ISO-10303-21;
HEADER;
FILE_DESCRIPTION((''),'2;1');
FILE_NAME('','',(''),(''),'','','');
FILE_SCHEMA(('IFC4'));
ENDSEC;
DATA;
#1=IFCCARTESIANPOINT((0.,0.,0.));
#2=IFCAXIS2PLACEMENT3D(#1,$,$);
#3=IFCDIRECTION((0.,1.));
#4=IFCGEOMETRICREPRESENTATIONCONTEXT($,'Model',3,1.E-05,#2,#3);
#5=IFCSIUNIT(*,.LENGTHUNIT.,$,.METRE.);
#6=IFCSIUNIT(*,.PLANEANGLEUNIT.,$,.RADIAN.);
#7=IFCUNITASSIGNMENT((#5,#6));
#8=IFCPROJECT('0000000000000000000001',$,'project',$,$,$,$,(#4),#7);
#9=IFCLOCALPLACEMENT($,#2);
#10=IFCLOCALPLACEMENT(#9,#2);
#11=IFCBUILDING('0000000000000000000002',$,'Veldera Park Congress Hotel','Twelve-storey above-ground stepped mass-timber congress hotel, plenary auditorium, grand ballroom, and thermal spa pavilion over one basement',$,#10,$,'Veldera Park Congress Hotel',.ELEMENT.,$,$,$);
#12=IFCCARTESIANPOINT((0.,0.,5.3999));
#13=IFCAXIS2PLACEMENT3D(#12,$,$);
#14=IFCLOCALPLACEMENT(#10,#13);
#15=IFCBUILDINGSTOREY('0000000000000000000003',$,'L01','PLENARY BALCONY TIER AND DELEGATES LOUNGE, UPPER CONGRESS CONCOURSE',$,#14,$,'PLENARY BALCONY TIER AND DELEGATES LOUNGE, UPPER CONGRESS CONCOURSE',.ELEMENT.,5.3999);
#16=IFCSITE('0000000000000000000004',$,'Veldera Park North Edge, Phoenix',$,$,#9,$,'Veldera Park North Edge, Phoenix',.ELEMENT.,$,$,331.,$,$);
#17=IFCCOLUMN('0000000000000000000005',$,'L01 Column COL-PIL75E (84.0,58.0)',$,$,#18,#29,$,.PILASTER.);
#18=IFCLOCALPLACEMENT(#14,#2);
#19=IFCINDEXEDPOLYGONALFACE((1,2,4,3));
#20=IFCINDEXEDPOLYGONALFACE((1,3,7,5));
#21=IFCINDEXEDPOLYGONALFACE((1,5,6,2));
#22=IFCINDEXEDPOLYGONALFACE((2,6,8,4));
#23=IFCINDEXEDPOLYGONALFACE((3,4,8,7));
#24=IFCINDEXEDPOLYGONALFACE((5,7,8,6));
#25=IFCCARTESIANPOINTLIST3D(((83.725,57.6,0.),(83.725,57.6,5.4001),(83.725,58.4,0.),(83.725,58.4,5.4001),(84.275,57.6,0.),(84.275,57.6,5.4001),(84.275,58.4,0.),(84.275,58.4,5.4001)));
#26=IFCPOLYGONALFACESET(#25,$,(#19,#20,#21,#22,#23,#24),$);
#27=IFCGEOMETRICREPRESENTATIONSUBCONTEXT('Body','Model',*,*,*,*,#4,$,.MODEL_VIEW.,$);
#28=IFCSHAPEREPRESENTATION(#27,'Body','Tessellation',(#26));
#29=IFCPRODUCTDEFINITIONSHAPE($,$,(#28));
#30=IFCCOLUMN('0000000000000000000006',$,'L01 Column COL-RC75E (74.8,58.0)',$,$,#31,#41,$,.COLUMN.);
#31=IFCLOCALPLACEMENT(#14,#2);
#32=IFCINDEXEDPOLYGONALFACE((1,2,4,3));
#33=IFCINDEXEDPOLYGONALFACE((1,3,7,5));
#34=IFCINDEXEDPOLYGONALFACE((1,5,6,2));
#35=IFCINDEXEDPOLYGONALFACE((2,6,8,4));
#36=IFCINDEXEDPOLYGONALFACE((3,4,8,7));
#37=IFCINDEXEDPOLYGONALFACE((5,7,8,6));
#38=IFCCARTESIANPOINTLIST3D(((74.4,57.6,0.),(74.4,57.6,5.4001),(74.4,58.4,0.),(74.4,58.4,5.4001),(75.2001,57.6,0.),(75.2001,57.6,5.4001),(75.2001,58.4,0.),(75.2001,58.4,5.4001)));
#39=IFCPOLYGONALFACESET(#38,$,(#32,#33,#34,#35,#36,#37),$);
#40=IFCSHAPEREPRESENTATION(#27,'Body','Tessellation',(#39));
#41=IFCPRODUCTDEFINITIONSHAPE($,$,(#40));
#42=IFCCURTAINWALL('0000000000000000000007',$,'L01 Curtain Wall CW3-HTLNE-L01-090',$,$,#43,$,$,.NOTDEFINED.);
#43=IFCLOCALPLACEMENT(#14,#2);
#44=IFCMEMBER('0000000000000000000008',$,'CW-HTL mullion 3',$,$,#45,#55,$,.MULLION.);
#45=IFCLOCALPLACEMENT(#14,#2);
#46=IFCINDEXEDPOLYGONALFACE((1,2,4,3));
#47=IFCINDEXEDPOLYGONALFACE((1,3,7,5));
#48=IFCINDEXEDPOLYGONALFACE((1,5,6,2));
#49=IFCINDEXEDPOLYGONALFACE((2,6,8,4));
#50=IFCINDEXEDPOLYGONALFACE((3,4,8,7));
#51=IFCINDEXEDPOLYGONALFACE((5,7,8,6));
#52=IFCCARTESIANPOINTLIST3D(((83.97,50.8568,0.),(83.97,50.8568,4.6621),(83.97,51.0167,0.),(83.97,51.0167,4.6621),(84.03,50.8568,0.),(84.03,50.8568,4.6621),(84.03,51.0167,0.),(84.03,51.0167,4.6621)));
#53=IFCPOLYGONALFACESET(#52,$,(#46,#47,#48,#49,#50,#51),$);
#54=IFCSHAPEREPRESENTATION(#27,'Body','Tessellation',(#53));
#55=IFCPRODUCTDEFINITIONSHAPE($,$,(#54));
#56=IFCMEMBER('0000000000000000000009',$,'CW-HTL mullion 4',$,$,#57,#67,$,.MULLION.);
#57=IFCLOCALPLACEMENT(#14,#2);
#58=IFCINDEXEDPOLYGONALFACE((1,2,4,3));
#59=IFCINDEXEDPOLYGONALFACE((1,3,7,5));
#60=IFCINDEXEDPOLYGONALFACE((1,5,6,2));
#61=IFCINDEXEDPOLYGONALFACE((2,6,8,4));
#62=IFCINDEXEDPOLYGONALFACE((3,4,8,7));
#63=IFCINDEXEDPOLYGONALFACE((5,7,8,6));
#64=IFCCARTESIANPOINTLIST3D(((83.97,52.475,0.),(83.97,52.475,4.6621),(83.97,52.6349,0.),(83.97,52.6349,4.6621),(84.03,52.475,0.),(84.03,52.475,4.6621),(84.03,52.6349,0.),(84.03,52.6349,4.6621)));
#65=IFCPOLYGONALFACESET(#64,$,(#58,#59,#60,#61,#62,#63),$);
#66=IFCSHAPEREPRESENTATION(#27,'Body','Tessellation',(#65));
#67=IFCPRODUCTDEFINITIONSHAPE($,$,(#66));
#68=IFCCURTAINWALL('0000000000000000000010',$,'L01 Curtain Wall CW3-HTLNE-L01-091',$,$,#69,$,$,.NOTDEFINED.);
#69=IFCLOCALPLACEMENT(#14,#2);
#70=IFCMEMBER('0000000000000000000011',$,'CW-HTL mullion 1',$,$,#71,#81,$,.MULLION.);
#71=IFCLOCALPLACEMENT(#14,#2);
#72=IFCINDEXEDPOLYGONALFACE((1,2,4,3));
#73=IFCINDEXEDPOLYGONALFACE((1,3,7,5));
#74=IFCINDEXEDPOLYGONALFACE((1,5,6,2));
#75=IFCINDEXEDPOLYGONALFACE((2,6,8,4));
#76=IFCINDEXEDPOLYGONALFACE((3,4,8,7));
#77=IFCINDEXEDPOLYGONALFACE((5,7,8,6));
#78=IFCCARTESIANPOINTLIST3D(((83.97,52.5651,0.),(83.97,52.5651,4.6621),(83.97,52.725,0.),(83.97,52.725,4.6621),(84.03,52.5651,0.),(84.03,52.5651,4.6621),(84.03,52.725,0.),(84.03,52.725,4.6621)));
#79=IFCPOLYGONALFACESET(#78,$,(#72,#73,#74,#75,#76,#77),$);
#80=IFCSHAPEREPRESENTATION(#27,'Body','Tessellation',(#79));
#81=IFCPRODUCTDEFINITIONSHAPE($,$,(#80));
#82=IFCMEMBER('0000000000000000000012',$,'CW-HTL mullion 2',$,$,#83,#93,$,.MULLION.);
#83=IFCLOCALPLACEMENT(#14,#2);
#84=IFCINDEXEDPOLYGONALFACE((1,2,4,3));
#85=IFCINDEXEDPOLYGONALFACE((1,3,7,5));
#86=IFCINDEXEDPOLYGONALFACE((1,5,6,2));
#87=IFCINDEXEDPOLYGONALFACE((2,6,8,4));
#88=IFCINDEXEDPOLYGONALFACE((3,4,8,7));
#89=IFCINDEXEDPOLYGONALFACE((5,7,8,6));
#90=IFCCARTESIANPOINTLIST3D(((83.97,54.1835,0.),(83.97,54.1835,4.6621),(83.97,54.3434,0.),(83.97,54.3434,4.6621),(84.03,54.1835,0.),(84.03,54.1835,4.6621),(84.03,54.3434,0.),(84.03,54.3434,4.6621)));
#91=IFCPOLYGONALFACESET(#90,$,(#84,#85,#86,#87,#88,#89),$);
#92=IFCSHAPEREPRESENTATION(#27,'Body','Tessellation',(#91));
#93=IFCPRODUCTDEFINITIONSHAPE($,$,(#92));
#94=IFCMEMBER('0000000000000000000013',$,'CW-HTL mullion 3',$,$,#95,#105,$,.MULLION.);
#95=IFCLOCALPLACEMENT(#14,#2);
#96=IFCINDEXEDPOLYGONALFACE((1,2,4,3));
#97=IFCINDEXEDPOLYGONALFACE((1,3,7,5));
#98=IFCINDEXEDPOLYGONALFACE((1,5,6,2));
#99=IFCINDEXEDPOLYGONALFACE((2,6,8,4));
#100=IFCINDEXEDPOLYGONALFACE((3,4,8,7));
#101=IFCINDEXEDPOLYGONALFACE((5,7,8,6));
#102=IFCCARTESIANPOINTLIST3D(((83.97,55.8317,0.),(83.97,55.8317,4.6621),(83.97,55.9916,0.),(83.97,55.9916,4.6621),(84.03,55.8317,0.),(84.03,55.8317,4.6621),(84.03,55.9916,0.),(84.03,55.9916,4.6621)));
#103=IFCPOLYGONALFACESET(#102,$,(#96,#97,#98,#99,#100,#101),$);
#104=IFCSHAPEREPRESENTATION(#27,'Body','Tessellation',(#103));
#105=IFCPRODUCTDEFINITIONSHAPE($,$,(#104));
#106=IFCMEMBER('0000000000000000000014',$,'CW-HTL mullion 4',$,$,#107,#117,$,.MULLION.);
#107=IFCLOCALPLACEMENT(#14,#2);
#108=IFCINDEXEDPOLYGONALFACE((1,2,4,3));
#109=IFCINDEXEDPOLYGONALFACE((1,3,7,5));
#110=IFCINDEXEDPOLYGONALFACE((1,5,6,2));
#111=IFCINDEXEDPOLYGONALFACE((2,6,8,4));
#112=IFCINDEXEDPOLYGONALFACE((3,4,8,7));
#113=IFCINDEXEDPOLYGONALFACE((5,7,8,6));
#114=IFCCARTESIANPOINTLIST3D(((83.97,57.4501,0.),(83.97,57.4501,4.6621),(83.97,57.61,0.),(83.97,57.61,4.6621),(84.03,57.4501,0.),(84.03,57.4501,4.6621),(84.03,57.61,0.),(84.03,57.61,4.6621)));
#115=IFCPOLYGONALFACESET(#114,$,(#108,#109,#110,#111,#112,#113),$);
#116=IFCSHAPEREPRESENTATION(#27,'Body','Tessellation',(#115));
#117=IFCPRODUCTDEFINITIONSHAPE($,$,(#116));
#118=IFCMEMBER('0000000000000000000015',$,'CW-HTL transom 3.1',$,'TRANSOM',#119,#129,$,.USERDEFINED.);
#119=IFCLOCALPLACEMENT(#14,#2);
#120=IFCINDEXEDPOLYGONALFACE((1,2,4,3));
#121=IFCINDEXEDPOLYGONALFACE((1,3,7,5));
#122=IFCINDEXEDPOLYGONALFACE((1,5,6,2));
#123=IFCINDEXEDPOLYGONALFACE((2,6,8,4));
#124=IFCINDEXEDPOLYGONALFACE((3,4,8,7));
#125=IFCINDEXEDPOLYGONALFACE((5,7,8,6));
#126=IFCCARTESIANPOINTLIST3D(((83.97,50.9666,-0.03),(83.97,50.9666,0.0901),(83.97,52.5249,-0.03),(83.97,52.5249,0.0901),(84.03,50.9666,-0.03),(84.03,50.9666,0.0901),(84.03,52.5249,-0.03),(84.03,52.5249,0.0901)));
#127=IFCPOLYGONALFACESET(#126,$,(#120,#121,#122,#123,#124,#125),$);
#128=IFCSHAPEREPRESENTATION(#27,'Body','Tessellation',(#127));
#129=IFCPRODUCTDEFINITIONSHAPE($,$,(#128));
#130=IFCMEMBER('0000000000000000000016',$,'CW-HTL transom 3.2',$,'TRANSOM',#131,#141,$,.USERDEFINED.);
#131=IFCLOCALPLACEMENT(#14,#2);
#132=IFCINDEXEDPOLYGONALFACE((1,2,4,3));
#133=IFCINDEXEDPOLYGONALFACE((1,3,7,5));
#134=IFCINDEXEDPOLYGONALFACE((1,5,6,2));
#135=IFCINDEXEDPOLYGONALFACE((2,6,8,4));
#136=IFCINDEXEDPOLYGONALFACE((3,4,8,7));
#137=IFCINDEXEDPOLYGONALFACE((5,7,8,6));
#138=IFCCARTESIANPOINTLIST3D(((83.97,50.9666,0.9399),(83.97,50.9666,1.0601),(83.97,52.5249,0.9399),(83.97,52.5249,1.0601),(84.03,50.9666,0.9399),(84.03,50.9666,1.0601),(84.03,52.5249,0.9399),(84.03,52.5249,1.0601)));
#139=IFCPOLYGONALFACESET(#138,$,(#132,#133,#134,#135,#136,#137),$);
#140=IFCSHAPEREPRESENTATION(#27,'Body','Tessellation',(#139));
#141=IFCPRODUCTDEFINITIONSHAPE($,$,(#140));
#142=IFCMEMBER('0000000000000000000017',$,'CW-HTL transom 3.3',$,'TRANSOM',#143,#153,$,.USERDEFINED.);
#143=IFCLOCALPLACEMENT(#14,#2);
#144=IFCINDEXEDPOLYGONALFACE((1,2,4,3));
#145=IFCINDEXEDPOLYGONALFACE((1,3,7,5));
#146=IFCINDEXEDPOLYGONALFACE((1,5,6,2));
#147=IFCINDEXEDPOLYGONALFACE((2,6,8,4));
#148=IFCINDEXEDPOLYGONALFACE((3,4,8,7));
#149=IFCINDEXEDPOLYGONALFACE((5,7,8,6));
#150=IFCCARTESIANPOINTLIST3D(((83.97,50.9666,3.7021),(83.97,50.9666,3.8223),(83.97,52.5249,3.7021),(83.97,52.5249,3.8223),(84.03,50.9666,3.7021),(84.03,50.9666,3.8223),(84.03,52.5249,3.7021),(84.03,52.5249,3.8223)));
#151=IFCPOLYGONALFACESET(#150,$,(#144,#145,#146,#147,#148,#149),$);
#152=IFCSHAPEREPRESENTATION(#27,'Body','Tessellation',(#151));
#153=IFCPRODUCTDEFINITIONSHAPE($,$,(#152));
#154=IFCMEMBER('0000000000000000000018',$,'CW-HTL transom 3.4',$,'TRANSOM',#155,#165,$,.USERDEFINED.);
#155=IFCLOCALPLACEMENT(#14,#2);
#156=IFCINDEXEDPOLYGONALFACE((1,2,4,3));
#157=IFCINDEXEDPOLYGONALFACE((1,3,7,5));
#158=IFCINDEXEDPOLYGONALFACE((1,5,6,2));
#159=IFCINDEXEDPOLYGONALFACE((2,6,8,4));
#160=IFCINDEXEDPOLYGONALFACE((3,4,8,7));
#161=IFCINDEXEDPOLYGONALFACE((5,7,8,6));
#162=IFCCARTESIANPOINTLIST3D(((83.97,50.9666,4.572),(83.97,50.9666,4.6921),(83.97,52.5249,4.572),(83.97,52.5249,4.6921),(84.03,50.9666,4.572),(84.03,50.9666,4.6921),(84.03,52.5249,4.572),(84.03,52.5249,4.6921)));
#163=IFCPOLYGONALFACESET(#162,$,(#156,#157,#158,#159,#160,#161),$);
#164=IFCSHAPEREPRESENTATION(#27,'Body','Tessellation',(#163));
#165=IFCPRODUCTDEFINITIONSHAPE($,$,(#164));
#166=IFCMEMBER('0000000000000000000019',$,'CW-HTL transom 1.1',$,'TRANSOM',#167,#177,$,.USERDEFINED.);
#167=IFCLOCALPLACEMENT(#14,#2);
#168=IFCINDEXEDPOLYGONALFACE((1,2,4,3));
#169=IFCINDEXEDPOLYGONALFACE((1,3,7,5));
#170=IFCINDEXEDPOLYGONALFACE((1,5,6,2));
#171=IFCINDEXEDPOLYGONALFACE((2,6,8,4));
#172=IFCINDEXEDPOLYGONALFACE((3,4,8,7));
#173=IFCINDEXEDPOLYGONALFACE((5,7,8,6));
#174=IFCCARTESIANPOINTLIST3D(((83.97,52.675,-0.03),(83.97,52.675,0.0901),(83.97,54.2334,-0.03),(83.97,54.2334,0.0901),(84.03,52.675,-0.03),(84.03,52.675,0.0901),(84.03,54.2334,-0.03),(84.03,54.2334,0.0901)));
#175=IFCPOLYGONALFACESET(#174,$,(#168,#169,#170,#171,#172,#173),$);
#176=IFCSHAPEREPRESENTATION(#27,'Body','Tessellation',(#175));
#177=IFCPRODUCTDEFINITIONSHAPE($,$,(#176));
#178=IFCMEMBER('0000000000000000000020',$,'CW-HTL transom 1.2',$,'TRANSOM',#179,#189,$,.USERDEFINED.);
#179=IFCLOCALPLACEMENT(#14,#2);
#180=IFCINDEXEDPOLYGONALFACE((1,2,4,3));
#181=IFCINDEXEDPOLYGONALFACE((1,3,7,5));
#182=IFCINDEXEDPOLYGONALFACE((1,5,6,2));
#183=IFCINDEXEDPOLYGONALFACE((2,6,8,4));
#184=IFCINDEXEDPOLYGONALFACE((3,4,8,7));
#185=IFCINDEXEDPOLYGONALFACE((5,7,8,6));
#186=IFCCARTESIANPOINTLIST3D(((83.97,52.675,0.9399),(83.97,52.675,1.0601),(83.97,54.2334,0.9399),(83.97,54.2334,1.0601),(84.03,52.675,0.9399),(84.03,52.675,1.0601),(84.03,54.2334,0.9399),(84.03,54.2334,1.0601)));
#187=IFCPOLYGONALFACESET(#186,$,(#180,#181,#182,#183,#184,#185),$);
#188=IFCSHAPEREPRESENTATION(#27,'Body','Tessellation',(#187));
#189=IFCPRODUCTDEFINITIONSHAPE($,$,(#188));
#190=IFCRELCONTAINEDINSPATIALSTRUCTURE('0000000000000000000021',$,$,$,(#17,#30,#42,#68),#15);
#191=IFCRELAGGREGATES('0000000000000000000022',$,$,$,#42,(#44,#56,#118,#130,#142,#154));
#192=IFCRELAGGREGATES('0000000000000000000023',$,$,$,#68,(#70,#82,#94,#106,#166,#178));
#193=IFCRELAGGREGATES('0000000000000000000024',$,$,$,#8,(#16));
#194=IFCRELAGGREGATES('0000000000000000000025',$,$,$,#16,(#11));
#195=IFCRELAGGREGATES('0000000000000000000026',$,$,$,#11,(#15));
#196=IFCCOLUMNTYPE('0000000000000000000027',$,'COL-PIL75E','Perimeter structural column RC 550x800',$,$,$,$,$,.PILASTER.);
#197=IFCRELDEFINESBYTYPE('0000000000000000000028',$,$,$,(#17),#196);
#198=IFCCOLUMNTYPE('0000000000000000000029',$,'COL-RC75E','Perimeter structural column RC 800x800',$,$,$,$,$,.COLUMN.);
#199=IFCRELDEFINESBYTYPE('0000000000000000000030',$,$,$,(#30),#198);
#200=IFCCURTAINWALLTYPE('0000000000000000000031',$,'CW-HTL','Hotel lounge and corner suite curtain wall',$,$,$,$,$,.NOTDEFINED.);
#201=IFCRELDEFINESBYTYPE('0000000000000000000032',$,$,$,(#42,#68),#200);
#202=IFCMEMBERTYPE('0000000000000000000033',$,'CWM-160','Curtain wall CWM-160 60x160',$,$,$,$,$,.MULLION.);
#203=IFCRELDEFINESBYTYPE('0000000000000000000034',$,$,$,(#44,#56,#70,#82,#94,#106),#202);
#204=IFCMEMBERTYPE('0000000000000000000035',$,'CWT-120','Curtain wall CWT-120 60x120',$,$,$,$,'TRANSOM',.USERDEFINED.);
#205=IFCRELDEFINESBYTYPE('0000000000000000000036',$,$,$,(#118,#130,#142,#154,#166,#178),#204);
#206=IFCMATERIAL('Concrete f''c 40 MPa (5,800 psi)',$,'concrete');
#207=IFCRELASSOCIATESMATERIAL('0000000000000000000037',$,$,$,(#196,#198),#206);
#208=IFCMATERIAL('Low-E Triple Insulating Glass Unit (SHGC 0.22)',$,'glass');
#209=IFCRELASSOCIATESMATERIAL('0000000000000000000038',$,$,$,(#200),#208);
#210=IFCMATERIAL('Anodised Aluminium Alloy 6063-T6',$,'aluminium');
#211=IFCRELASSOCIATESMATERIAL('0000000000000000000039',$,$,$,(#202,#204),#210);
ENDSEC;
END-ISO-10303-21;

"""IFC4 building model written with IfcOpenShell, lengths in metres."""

from ifc_helpers import new_model, si_unit, direction, frame, origin, origin_2d, place, context, subcontext, project, spatial, rectangle, extrude, material, material_profile, profile_set, type_object, element, aggregate, save


model = new_model("IFC4")

# Units and contexts
model_context = context("Model", 3, precision=1e-05, world=origin(), true_north=direction((0.0, 1.0)))
body_context = subcontext(model_context, "Body", "Model", "MODEL_VIEW")
ifc_project = project(units=[si_unit("LENGTHUNIT", "METRE"), si_unit("PLANEANGLEUNIT", "RADIAN")], contexts=[model_context])

# Site, building, storey
site_placement = place(None, origin())
site = spatial("IfcSite", under=ifc_project, at=site_placement, Name="Veldera Park North Edge, Phoenix", LongName="Veldera Park North Edge, Phoenix", CompositionType="ELEMENT", RefElevation=331.0)
building_placement = place(site_placement, origin())
building = spatial("IfcBuilding", under=site, at=building_placement, Name="Veldera Park Congress Hotel", Description="Twelve-storey above-ground stepped mass-timber congress hotel, plenary auditorium, grand ballroom, and thermal spa pavilion over one basement", LongName="Veldera Park Congress Hotel", CompositionType="ELEMENT")
storey_placement = place(building_placement, frame((0.0, 0.0, 5.3999)))
storey = spatial("IfcBuildingStorey", under=building, at=storey_placement, Name="L01", Description="PLENARY BALCONY TIER AND DELEGATES LOUNGE, UPPER CONGRESS CONCOURSE", LongName="PLENARY BALCONY TIER AND DELEGATES LOUNGE, UPPER CONGRESS CONCOURSE", CompositionType="ELEMENT", Elevation=5.3999)

# Columns
ifc_material_1 = material(Name="Concrete f'c 40 MPa (5,800 psi)", Category="concrete")
ifc_material_profile_1 = material_profile(ifc_material_1, rectangle(XDim=0.55, YDim=0.8, at=origin_2d()), Name="RC 550x800")
ifc_profile_set_1 = profile_set([ifc_material_profile_1], Name="Concrete f'c 40 MPa (5,800 psi)")
column_type_1 = type_object("IfcColumnType", Name="COL-PIL75E", Description="Perimeter structural column RC 550x800", PredefinedType="PILASTER", material=ifc_profile_set_1)
column_1_placement = place(storey_placement, frame((84.0, 58.0, 0.0), z_axis=(0.0, 0.0, 1.0), x_axis=(1.0, 0.0, 0.0)))
element("IfcColumn", 1, at=column_1_placement, inside=storey, type_object=column_type_1, Name="L01 Column COL-PIL75E (84.0,58.0)", PredefinedType="PILASTER", context=body_context, shape_type="SweptSolid", body=[
    extrude(rectangle(XDim=0.55, YDim=0.8, at=origin_2d()), origin(), (0.0, 0.0, 1.0), 5.4001),
])
ifc_material_profile_2 = material_profile(ifc_material_1, rectangle(XDim=0.8, YDim=0.8, at=origin_2d()), Name="RC 800x800")
ifc_profile_set_2 = profile_set([ifc_material_profile_2], Name="Concrete f'c 40 MPa (5,800 psi)")
column_type_2 = type_object("IfcColumnType", Name="COL-RC75E", Description="Perimeter structural column RC 800x800", PredefinedType="COLUMN", material=ifc_profile_set_2)
column_2_placement = place(storey_placement, frame((74.8, 58.0, 0.0), z_axis=(0.0, 0.0, 1.0), x_axis=(1.0, 0.0, 0.0)))
element("IfcColumn", 2, at=column_2_placement, inside=storey, type_object=column_type_2, Name="L01 Column COL-RC75E (74.8,58.0)", PredefinedType="COLUMN", context=body_context, shape_type="SweptSolid", body=[
    extrude(rectangle(XDim=0.8, YDim=0.8, at=origin_2d()), origin(), (0.0, 0.0, 1.0), 5.4001),
])

# Curtain walls, members
ifc_material_2 = material(Name="Low-E Triple Insulating Glass Unit (SHGC 0.22)", Category="glass")
curtain_wall_type = type_object("IfcCurtainWallType", Name="CW-HTL", Description="Hotel lounge and corner suite curtain wall", PredefinedType="NOTDEFINED", material=ifc_material_2)
curtain_wall_1_placement = place(storey_placement, origin())
curtain_wall_1 = element("IfcCurtainWall", 3, at=curtain_wall_1_placement, inside=storey, type_object=curtain_wall_type, Name="L01 Curtain Wall CW3-HTLNE-L01-090", PredefinedType="NOTDEFINED")
ifc_material_3 = material(Name="Anodised Aluminium Alloy 6063-T6", Category="aluminium")
ifc_material_profile_3 = material_profile(ifc_material_3, rectangle(XDim=0.0601, YDim=0.1599, at=origin_2d()), Name="ALU 60x160")
ifc_profile_set_3 = profile_set([ifc_material_profile_3], Name="Anodised Aluminium Alloy 6063-T6")
member_type_1 = type_object("IfcMemberType", Name="CWM-160", Description="Curtain wall CWM-160 60x160", PredefinedType="MULLION", material=ifc_profile_set_3)
member_1_placement = place(storey_placement, frame((84.0, 50.9368, 0.0), z_axis=(0.0, 0.0, 1.0), x_axis=(-1.0, 0.0, 0.0)))
member_1 = element("IfcMember", 4, at=member_1_placement, type_object=member_type_1, Name="CW-HTL mullion 3", PredefinedType="MULLION", context=body_context, shape_type="SweptSolid", body=[
    extrude(rectangle(XDim=0.0601, YDim=0.1599, at=origin_2d()), origin(), (0.0, 0.0, 1.0), 4.6621),
])
member_2_placement = place(storey_placement, frame((84.0, 52.5549, 0.0), z_axis=(0.0, 0.0, 1.0), x_axis=(-1.0, 0.0, 0.0)))
member_2 = element("IfcMember", 5, at=member_2_placement, type_object=member_type_1, Name="CW-HTL mullion 4", PredefinedType="MULLION", context=body_context, shape_type="SweptSolid", body=[
    extrude(rectangle(XDim=0.0601, YDim=0.1599, at=origin_2d()), origin(), (0.0, 0.0, 1.0), 4.6621),
])
curtain_wall_2_placement = place(storey_placement, origin())
curtain_wall_2 = element("IfcCurtainWall", 6, at=curtain_wall_2_placement, inside=storey, type_object=curtain_wall_type, Name="L01 Curtain Wall CW3-HTLNE-L01-091", PredefinedType="NOTDEFINED")
member_3_placement = place(storey_placement, frame((84.0, 52.645, 0.0), z_axis=(0.0, 0.0, 1.0), x_axis=(-1.0, 0.0, 0.0)))
member_3 = element("IfcMember", 7, at=member_3_placement, type_object=member_type_1, Name="CW-HTL mullion 1", PredefinedType="MULLION", context=body_context, shape_type="SweptSolid", body=[
    extrude(rectangle(XDim=0.0601, YDim=0.1599, at=origin_2d()), origin(), (0.0, 0.0, 1.0), 4.6621),
])
member_4_placement = place(storey_placement, frame((84.0, 54.2634, 0.0), z_axis=(0.0, 0.0, 1.0), x_axis=(-1.0, 0.0, 0.0)))
member_4 = element("IfcMember", 8, at=member_4_placement, type_object=member_type_1, Name="CW-HTL mullion 2", PredefinedType="MULLION", context=body_context, shape_type="SweptSolid", body=[
    extrude(rectangle(XDim=0.0601, YDim=0.1599, at=origin_2d()), origin(), (0.0, 0.0, 1.0), 4.6621),
])
member_5_placement = place(storey_placement, frame((84.0, 55.9116, 0.0), z_axis=(0.0, 0.0, 1.0), x_axis=(-1.0, 0.0, 0.0)))
member_5 = element("IfcMember", 9, at=member_5_placement, type_object=member_type_1, Name="CW-HTL mullion 3", PredefinedType="MULLION", context=body_context, shape_type="SweptSolid", body=[
    extrude(rectangle(XDim=0.0601, YDim=0.1599, at=origin_2d()), origin(), (0.0, 0.0, 1.0), 4.6621),
])
member_6_placement = place(storey_placement, frame((84.0, 57.53, 0.0), z_axis=(0.0, 0.0, 1.0), x_axis=(-1.0, 0.0, 0.0)))
member_6 = element("IfcMember", 10, at=member_6_placement, type_object=member_type_1, Name="CW-HTL mullion 4", PredefinedType="MULLION", context=body_context, shape_type="SweptSolid", body=[
    extrude(rectangle(XDim=0.0601, YDim=0.1599, at=origin_2d()), origin(), (0.0, 0.0, 1.0), 4.6621),
])

# Members
ifc_material_profile_4 = material_profile(ifc_material_3, rectangle(XDim=0.0601, YDim=0.1201, at=origin_2d()), Name="ALU 60x120")
ifc_profile_set_4 = profile_set([ifc_material_profile_4], Name="Anodised Aluminium Alloy 6063-T6")
member_type_2 = type_object("IfcMemberType", Name="CWT-120", Description="Curtain wall CWT-120 60x120", ElementType="TRANSOM", PredefinedType="USERDEFINED", material=ifc_profile_set_4)
member_7_placement = place(storey_placement, frame((84.0, 50.9666, 0.03), z_axis=(0.0, 1.0, 0.0), x_axis=(-1.0, 0.0, 0.0)))
member_7 = element("IfcMember", 11, at=member_7_placement, type_object=member_type_2, Name="CW-HTL transom 3.1", ObjectType="TRANSOM", PredefinedType="USERDEFINED", context=body_context, shape_type="SweptSolid", body=[
    extrude(rectangle(XDim=0.0601, YDim=0.1201, at=origin_2d()), origin(), (0.0, 0.0, 1.0), 1.5583),
])
member_8_placement = place(storey_placement, frame((84.0, 50.9666, 1.0), z_axis=(0.0, 1.0, 0.0), x_axis=(-1.0, 0.0, 0.0)))
member_8 = element("IfcMember", 12, at=member_8_placement, type_object=member_type_2, Name="CW-HTL transom 3.2", ObjectType="TRANSOM", PredefinedType="USERDEFINED", context=body_context, shape_type="SweptSolid", body=[
    extrude(rectangle(XDim=0.0601, YDim=0.1201, at=origin_2d()), origin(), (0.0, 0.0, 1.0), 1.5583),
])
member_9_placement = place(storey_placement, frame((84.0, 50.9666, 3.7622), z_axis=(0.0, 1.0, 0.0), x_axis=(-1.0, 0.0, 0.0)))
member_9 = element("IfcMember", 13, at=member_9_placement, type_object=member_type_2, Name="CW-HTL transom 3.3", ObjectType="TRANSOM", PredefinedType="USERDEFINED", context=body_context, shape_type="SweptSolid", body=[
    extrude(rectangle(XDim=0.0601, YDim=0.1201, at=origin_2d()), origin(), (0.0, 0.0, 1.0), 1.5583),
])
member_10_placement = place(storey_placement, frame((84.0, 50.9666, 4.6321), z_axis=(0.0, 1.0, 0.0), x_axis=(-1.0, 0.0, 0.0)))
member_10 = element("IfcMember", 14, at=member_10_placement, type_object=member_type_2, Name="CW-HTL transom 3.4", ObjectType="TRANSOM", PredefinedType="USERDEFINED", context=body_context, shape_type="SweptSolid", body=[
    extrude(rectangle(XDim=0.0601, YDim=0.1201, at=origin_2d()), origin(), (0.0, 0.0, 1.0), 1.5583),
])
member_11_placement = place(storey_placement, frame((84.0, 52.675, 0.03), z_axis=(0.0, 1.0, 0.0), x_axis=(-1.0, 0.0, 0.0)))
member_11 = element("IfcMember", 15, at=member_11_placement, type_object=member_type_2, Name="CW-HTL transom 1.1", ObjectType="TRANSOM", PredefinedType="USERDEFINED", context=body_context, shape_type="SweptSolid", body=[
    extrude(rectangle(XDim=0.0601, YDim=0.1201, at=origin_2d()), origin(), (0.0, 0.0, 1.0), 1.5583),
])
member_12_placement = place(storey_placement, frame((84.0, 52.675, 1.0), z_axis=(0.0, 1.0, 0.0), x_axis=(-1.0, 0.0, 0.0)))
member_12 = element("IfcMember", 16, at=member_12_placement, type_object=member_type_2, Name="CW-HTL transom 1.2", ObjectType="TRANSOM", PredefinedType="USERDEFINED", context=body_context, shape_type="SweptSolid", body=[
    extrude(rectangle(XDim=0.0601, YDim=0.1201, at=origin_2d()), origin(), (0.0, 0.0, 1.0), 1.5583),
])

aggregate(curtain_wall_1, [member_1, member_2, member_7, member_8, member_9, member_10])
aggregate(curtain_wall_2, [member_3, member_4, member_5, member_6, member_11, member_12])

save(model, "model.ifc")
